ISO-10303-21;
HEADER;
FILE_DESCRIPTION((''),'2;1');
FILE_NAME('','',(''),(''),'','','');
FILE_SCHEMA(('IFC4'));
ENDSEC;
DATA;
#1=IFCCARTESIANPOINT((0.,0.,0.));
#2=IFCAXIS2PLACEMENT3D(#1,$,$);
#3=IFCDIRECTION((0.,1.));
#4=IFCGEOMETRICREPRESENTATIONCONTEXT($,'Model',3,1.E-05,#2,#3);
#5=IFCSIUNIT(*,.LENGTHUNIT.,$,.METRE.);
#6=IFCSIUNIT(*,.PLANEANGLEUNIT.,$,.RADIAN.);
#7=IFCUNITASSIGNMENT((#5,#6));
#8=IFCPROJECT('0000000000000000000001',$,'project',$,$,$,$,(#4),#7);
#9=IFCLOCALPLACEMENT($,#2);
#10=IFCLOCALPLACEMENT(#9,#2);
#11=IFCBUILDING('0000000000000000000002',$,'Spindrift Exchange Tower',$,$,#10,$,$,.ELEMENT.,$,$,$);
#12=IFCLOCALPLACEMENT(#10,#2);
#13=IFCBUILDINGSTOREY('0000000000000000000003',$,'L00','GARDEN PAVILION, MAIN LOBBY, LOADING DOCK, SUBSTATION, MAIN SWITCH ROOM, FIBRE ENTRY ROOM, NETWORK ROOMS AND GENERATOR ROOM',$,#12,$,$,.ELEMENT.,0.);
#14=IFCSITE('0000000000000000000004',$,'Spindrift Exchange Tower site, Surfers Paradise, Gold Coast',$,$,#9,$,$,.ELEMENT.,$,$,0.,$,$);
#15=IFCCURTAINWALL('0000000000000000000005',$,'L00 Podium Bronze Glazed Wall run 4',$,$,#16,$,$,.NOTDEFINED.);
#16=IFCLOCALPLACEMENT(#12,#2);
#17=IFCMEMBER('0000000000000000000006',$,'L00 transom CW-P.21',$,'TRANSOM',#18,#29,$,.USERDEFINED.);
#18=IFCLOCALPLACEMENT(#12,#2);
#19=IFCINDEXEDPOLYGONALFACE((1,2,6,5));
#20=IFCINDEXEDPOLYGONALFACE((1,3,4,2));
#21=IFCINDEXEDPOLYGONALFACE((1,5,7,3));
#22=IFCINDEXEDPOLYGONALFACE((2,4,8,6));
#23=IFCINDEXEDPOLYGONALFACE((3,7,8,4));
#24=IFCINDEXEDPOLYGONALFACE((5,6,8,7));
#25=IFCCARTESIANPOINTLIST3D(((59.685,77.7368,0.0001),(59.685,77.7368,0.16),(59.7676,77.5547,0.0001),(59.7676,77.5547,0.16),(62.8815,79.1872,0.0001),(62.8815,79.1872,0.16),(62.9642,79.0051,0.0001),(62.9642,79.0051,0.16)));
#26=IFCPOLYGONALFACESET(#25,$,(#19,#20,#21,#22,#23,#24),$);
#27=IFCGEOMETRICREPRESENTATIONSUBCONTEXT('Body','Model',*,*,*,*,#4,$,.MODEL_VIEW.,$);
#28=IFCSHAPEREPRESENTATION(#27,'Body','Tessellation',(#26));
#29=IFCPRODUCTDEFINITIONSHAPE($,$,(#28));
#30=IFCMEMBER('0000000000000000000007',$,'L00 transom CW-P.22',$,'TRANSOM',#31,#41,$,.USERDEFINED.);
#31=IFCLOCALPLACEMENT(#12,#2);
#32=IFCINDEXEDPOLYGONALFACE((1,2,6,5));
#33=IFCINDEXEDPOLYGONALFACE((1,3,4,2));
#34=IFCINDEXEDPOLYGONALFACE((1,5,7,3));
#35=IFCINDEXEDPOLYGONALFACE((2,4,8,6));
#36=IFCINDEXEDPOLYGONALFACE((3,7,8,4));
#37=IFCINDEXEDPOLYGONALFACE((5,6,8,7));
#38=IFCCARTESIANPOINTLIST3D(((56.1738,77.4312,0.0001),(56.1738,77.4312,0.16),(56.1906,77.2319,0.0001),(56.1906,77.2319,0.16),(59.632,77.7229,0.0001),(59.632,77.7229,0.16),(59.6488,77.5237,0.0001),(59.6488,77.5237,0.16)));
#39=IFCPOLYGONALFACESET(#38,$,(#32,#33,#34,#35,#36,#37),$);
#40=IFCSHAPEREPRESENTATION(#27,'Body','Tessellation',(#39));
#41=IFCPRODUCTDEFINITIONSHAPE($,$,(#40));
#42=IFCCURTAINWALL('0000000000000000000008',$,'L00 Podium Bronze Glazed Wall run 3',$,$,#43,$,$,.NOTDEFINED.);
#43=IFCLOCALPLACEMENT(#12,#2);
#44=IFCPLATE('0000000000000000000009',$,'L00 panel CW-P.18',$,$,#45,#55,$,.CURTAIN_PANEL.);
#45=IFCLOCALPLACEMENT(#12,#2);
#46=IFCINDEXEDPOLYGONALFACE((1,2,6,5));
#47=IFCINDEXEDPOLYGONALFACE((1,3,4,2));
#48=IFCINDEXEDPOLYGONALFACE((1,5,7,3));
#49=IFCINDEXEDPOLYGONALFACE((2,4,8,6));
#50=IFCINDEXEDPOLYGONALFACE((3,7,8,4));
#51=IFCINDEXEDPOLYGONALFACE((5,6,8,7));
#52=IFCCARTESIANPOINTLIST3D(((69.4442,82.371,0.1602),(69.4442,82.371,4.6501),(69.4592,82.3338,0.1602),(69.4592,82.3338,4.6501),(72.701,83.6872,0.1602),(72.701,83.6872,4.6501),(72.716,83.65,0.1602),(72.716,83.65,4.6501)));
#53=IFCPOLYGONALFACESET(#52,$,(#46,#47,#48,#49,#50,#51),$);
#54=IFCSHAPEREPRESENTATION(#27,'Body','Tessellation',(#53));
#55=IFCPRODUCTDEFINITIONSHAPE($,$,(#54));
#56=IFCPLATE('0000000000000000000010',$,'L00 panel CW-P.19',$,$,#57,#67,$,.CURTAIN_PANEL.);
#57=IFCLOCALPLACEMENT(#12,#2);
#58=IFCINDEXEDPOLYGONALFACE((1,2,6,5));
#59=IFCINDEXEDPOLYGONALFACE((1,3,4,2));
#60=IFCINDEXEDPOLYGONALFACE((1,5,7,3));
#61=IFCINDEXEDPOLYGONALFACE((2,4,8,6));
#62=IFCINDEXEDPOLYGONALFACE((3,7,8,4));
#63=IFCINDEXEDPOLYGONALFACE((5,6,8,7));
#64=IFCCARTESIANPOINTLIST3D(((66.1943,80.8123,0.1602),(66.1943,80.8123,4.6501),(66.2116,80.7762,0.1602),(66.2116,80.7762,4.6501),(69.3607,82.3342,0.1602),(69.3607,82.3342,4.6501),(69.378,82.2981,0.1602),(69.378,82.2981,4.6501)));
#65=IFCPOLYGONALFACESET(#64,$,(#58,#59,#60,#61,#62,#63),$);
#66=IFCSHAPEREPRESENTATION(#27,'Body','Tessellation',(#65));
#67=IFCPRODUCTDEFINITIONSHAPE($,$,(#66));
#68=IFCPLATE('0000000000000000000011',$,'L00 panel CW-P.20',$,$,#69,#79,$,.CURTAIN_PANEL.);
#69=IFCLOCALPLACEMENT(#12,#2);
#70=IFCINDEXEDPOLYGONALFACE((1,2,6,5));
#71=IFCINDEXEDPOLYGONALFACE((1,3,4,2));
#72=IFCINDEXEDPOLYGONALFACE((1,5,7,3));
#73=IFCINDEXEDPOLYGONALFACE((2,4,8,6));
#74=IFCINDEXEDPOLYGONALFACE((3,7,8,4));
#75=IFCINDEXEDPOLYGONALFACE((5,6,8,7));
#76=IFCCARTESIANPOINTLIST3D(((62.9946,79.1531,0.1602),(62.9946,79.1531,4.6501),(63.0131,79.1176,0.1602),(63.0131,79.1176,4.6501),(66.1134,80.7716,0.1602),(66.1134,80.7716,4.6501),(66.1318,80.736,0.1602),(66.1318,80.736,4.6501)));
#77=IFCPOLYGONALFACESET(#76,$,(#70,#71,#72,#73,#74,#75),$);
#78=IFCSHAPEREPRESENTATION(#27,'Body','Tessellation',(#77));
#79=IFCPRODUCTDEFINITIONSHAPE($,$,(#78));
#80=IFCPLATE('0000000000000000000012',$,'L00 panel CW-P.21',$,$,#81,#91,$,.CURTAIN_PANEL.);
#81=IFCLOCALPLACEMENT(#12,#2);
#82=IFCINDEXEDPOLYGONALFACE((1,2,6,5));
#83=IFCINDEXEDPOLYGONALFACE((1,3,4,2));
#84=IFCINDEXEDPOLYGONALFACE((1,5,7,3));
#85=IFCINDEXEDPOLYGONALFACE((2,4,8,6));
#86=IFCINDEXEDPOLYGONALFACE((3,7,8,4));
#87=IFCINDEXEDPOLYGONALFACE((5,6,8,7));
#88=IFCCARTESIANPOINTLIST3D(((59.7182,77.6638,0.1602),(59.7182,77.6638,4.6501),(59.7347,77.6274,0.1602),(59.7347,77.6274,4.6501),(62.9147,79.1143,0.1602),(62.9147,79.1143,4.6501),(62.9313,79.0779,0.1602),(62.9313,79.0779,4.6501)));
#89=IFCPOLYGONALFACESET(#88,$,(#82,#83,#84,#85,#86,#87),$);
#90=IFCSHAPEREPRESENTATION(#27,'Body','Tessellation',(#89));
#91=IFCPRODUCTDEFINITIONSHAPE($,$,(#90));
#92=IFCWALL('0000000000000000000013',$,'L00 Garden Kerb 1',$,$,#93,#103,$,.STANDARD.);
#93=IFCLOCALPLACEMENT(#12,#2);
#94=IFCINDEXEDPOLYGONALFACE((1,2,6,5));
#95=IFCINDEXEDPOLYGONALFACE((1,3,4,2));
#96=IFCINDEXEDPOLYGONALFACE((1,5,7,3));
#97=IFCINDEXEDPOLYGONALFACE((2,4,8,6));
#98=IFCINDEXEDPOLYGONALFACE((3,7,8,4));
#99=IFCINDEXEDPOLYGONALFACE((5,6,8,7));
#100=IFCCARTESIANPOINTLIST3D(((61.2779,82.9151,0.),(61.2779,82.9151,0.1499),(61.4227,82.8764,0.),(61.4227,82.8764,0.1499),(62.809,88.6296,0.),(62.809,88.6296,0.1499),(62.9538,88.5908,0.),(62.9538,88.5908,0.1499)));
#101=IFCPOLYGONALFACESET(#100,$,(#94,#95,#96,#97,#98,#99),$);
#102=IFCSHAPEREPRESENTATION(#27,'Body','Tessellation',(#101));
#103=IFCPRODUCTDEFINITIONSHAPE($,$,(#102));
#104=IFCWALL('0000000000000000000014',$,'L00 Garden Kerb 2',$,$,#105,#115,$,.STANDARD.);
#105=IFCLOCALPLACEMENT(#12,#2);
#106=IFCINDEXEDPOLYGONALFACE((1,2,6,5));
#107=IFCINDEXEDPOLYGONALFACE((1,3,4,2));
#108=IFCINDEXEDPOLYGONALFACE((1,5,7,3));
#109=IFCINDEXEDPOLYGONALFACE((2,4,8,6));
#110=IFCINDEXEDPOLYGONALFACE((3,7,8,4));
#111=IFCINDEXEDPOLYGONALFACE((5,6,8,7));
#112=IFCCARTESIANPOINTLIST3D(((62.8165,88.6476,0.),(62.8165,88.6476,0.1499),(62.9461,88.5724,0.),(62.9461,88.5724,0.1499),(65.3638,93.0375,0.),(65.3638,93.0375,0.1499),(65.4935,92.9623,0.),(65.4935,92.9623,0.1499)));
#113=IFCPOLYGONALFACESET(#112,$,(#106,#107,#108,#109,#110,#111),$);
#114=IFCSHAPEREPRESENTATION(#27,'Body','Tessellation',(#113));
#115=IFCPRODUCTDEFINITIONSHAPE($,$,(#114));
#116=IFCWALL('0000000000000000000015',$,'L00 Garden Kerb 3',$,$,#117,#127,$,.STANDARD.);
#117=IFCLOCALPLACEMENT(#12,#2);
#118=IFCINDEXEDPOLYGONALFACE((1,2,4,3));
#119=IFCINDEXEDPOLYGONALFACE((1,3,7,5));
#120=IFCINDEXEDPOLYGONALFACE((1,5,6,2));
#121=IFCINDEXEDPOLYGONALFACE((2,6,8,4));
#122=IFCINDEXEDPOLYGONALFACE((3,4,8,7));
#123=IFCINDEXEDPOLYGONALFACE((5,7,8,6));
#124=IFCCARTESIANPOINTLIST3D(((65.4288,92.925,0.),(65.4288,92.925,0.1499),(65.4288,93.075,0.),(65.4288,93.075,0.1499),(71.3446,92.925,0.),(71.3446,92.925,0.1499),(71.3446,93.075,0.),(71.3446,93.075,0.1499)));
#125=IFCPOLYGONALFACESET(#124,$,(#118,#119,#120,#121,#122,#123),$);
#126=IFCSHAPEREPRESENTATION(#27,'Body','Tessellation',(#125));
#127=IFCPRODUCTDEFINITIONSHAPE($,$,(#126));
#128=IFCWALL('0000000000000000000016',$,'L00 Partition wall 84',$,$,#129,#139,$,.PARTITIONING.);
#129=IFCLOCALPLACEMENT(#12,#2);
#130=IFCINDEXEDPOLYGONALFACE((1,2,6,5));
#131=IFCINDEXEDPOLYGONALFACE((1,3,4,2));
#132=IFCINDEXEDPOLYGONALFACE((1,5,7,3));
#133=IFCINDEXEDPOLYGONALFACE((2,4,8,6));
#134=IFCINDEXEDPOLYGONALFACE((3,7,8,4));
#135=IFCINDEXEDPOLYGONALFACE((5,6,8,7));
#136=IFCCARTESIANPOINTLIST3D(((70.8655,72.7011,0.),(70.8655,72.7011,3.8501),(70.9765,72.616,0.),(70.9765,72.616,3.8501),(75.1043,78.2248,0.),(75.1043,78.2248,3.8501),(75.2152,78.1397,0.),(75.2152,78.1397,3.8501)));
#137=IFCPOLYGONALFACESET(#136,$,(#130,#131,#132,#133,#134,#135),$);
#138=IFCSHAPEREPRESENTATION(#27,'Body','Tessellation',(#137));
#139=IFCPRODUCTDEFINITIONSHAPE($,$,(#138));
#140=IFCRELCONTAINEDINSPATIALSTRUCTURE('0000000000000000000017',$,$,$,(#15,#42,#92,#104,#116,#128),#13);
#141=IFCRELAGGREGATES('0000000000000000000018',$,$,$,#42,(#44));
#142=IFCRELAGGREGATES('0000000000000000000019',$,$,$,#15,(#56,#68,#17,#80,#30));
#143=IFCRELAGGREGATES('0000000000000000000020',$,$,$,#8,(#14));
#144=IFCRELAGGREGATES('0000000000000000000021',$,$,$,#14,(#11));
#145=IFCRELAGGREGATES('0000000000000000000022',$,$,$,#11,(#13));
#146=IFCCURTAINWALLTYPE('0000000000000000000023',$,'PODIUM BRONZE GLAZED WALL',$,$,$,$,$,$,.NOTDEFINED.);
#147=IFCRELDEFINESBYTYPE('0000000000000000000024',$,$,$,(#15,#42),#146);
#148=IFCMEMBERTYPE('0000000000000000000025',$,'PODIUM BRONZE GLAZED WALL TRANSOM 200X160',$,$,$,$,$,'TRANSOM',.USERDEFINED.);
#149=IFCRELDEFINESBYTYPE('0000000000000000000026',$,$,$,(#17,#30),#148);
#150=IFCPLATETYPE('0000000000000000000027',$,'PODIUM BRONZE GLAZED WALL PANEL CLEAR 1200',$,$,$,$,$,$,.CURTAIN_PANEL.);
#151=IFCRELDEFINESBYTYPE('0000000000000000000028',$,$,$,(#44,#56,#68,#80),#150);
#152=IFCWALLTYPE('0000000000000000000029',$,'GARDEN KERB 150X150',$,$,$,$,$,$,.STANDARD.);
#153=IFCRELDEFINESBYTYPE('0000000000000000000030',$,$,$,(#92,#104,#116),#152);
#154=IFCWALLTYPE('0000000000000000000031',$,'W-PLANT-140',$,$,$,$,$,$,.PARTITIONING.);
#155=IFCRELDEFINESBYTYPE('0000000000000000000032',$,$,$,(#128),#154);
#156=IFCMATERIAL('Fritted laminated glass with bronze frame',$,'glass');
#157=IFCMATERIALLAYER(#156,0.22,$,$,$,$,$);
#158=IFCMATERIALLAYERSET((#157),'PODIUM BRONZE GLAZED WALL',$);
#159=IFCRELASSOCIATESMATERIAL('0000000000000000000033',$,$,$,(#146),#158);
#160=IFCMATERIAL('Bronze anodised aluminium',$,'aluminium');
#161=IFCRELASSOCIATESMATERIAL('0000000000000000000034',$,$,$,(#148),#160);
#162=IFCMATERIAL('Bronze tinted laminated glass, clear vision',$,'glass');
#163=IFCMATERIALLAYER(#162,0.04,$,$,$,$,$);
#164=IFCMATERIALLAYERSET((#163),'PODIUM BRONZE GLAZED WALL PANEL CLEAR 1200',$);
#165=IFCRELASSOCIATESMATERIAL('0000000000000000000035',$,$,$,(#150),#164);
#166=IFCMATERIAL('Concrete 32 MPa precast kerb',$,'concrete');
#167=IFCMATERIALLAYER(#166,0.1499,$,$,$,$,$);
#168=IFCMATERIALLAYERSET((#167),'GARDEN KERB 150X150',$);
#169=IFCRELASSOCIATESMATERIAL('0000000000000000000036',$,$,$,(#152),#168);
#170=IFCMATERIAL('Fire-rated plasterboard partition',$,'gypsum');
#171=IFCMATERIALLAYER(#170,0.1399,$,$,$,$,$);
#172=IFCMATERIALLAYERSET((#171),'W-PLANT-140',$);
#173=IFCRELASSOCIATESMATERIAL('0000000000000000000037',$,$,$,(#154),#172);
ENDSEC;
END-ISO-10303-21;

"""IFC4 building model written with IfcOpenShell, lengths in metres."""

from ifc_helpers import new_model, si_unit, direction, frame, frame_2d, origin, origin_2d, place, context, subcontext, project, spatial, rectangle, extrude, source, transform, mapped, material, layer, layer_set, material_profile, profile_set, type_object, element, aggregate, save


model = new_model("IFC4")

# Units and contexts
model_context = context("Model", 3, precision=1e-05, world=origin(), true_north=direction((0.0, 1.0)))
body_context = subcontext(model_context, "Body", "Model", "MODEL_VIEW")
ifc_project = project(units=[si_unit("LENGTHUNIT", "METRE"), si_unit("PLANEANGLEUNIT", "RADIAN")], contexts=[model_context])

# Site, building, storey
site_placement = place(None, origin())
site = spatial("IfcSite", under=ifc_project, at=site_placement, Name="Spindrift Exchange Tower site, Surfers Paradise, Gold Coast", CompositionType="ELEMENT", RefElevation=0.0)
building_placement = place(site_placement, origin())
building = spatial("IfcBuilding", under=site, at=building_placement, Name="Spindrift Exchange Tower", CompositionType="ELEMENT")
storey_placement = place(building_placement, origin())
storey = spatial("IfcBuildingStorey", under=building, at=storey_placement, Name="L00", Description="GARDEN PAVILION, MAIN LOBBY, LOADING DOCK, SUBSTATION, MAIN SWITCH ROOM, FIBRE ENTRY ROOM, NETWORK ROOMS AND GENERATOR ROOM", CompositionType="ELEMENT", Elevation=0.0)

# Curtain wall, members
ifc_material_1 = material(Name="Fritted laminated glass with bronze frame", Category="glass")
ifc_layer_1 = layer(ifc_material_1, 0.22)
ifc_layer_set_1 = layer_set([ifc_layer_1], Name="PODIUM BRONZE GLAZED WALL")
curtain_wall_type = type_object("IfcCurtainWallType", Name="PODIUM BRONZE GLAZED WALL", PredefinedType="NOTDEFINED", material=ifc_layer_set_1)
curtain_wall_1_placement = place(storey_placement, origin())
curtain_wall_1 = element("IfcCurtainWall", 1, at=curtain_wall_1_placement, inside=storey, type_object=curtain_wall_type, Name="L00 Podium Bronze Glazed Wall run 4", PredefinedType="NOTDEFINED")
ifc_material_2 = material(Name="Bronze anodised aluminium", Category="aluminium")
ifc_material_profile_1 = material_profile(ifc_material_2, rectangle(XDim=0.2, YDim=0.1599, at=origin_2d()), Name="PODIUM BRONZE GLAZED WALL TRANSOM 200X160")
ifc_profile_set_1 = profile_set([ifc_material_profile_1], Name="Bronze anodised aluminium")
member_type_1 = type_object("IfcMemberType", Name="PODIUM BRONZE GLAZED WALL TRANSOM 200X160", ElementType="TRANSOM", PredefinedType="USERDEFINED", material=ifc_profile_set_1)
shared_shape_1 = source(origin(), body_context, "Body", "SweptSolid", [
    extrude(rectangle(XDim=0.2, YDim=0.1599, at=origin_2d()), origin(), (0.0, 0.0, 1.0), 3.5103),
])
member_1_placement = place(storey_placement, frame((62.9229, 79.0962, 0.0801), z_axis=(-0.910638, -0.413205, 0.0), x_axis=(0.413205, -0.910638, 0.0)))
member_1 = element("IfcMember", 2, at=member_1_placement, type_object=member_type_1, Name="L00 transom CW-P.21", ObjectType="TRANSOM", PredefinedType="USERDEFINED", context=body_context, shape_type="MappedRepresentation", body=[
    mapped(shared_shape_1, transform((0.0, 0.0, 0.0), scale=1.0)),
])
shared_shape_2 = source(origin(), body_context, "Body", "SweptSolid", [
    extrude(rectangle(XDim=0.2, YDim=0.1599, at=origin_2d()), origin(), (0.0, 0.0, 1.0), 3.4705),
])
member_2_placement = place(storey_placement, frame((59.6404, 77.6233, 0.0801), z_axis=(-0.99646, -0.084064, 0.0), x_axis=(0.084064, -0.99646, 0.0)))
member_2 = element("IfcMember", 3, at=member_2_placement, type_object=member_type_1, Name="L00 transom CW-P.22", ObjectType="TRANSOM", PredefinedType="USERDEFINED", context=body_context, shape_type="MappedRepresentation", body=[
    mapped(shared_shape_2, transform((0.0, 0.0, 0.0), scale=1.0)),
])

# Curtain wall, plate
curtain_wall_2_placement = place(storey_placement, origin())
curtain_wall_2 = element("IfcCurtainWall", 4, at=curtain_wall_2_placement, inside=storey, type_object=curtain_wall_type, Name="L00 Podium Bronze Glazed Wall run 3", PredefinedType="NOTDEFINED")
ifc_material_3 = material(Name="Bronze tinted laminated glass, clear vision", Category="glass")
ifc_layer_2 = layer(ifc_material_3, 0.04)
ifc_layer_set_2 = layer_set([ifc_layer_2], Name="PODIUM BRONZE GLAZED WALL PANEL CLEAR 1200")
plate_type = type_object("IfcPlateType", Name="PODIUM BRONZE GLAZED WALL PANEL CLEAR 1200", PredefinedType="CURTAIN_PANEL", material=ifc_layer_set_2)
shared_shape_3 = source(origin(), body_context, "Body", "SweptSolid", [
    extrude(rectangle(XDim=3.5127, YDim=0.04, at=origin_2d()), origin(), (0.0, 0.0, 1.0), 4.49),
])
plate_1_placement = place(storey_placement, frame((71.0801, 83.0105, 0.1602), z_axis=(0.0, 0.0, 1.0), x_axis=(-0.927148, -0.374696, 0.0)))
plate_1 = element("IfcPlate", 5, at=plate_1_placement, type_object=plate_type, Name="L00 panel CW-P.18", PredefinedType="CURTAIN_PANEL", context=body_context, shape_type="MappedRepresentation", body=[
    mapped(shared_shape_3, transform((0.0, 0.0, 0.0), scale=1.0)),
])
aggregate(curtain_wall_2, [plate_1])

# Plates
shared_shape_4 = source(origin(), body_context, "Body", "SweptSolid", [
    extrude(rectangle(XDim=3.5132, YDim=0.04, at=origin_2d()), origin(), (0.0, 0.0, 1.0), 4.49),
])
plate_2_placement = place(storey_placement, frame((67.7861, 81.5552, 0.1602), z_axis=(0.0, 0.0, 1.0), x_axis=(-0.901296, -0.433205, 0.0)))
plate_2 = element("IfcPlate", 6, at=plate_2_placement, type_object=plate_type, Name="L00 panel CW-P.19", PredefinedType="CURTAIN_PANEL", context=body_context, shape_type="MappedRepresentation", body=[
    mapped(shared_shape_4, transform((0.0, 0.0, 0.0), scale=1.0)),
])
shared_shape_5 = source(origin(), body_context, "Body", "SweptSolid", [
    extrude(rectangle(XDim=3.5137, YDim=0.04, at=origin_2d()), origin(), (0.0, 0.0, 1.0), 4.49),
])
plate_3_placement = place(storey_placement, frame((64.5632, 79.9446, 0.1602), z_axis=(0.0, 0.0, 1.0), x_axis=(-0.887599, -0.460617, 0.0)))
plate_3 = element("IfcPlate", 7, at=plate_3_placement, type_object=plate_type, Name="L00 panel CW-P.20", PredefinedType="CURTAIN_PANEL", context=body_context, shape_type="MappedRepresentation", body=[
    mapped(shared_shape_5, transform((0.0, 0.0, 0.0), scale=1.0)),
])
shared_shape_6 = source(origin(), body_context, "Body", "SweptSolid", [
    extrude(rectangle(XDim=3.5103, YDim=0.04, at=origin_2d()), origin(), (0.0, 0.0, 1.0), 4.49),
])
plate_4_placement = place(storey_placement, frame((61.3247, 78.3708, 0.1602), z_axis=(0.0, 0.0, 1.0), x_axis=(-0.910635, -0.413211, 0.0)))
plate_4 = element("IfcPlate", 8, at=plate_4_placement, type_object=plate_type, Name="L00 panel CW-P.21", PredefinedType="CURTAIN_PANEL", context=body_context, shape_type="MappedRepresentation", body=[
    mapped(shared_shape_6, transform((0.0, 0.0, 0.0), scale=1.0)),
])
aggregate(curtain_wall_1, [plate_2, plate_3, member_1, plate_4, member_2])

# Walls
ifc_material_4 = material(Name="Concrete 32 MPa precast kerb", Category="concrete")
ifc_layer_3 = layer(ifc_material_4, 0.1499)
ifc_layer_set_3 = layer_set([ifc_layer_3], Name="GARDEN KERB 150X150")
wall_type_1 = type_object("IfcWallType", Name="GARDEN KERB 150X150", PredefinedType="STANDARD", material=ifc_layer_set_3)
wall_1_placement = place(storey_placement, frame((61.3503, 82.8958, 0.0), z_axis=(0.0, 0.0, 1.0), x_axis=(0.258795, 0.965932, 0.0)))
element("IfcWall", 9, at=wall_1_placement, inside=storey, type_object=wall_type_1, Name="L00 Garden Kerb 1", PredefinedType="STANDARD", context=body_context, shape_type="SweptSolid", body=[
    extrude(rectangle(XDim=5.916, YDim=0.1499, at=frame_2d((2.958, 0.0))), origin(), (0.0, 0.0, 1.0), 0.1499),
])
wall_2_placement = place(storey_placement, frame((62.8813, 88.6101, 0.0), z_axis=(0.0, 0.0, 1.0), x_axis=(0.501899, 0.864926, 0.0)))
element("IfcWall", 10, at=wall_2_placement, inside=storey, type_object=wall_type_1, Name="L00 Garden Kerb 2", PredefinedType="STANDARD", context=body_context, shape_type="SweptSolid", body=[
    extrude(rectangle(XDim=5.0754, YDim=0.1499, at=frame_2d((2.5376, 0.0))), origin(), (0.0, 0.0, 1.0), 0.1499),
])
wall_3_placement = place(storey_placement, frame((65.4287, 93.0, 0.0), z_axis=(0.0, 0.0, 1.0), x_axis=(1.0, 0.0, 0.0)))
element("IfcWall", 11, at=wall_3_placement, inside=storey, type_object=wall_type_1, Name="L00 Garden Kerb 3", PredefinedType="STANDARD", context=body_context, shape_type="SweptSolid", body=[
    extrude(rectangle(XDim=5.9158, YDim=0.1499, at=frame_2d((2.958, 0.0))), origin(), (0.0, 0.0, 1.0), 0.1499),
])
ifc_material_5 = material(Name="Fire-rated plasterboard partition", Category="gypsum")
ifc_layer_4 = layer(ifc_material_5, 0.1399)
ifc_layer_set_4 = layer_set([ifc_layer_4], Name="W-PLANT-140")
wall_type_2 = type_object("IfcWallType", Name="W-PLANT-140", PredefinedType="PARTITIONING", material=ifc_layer_set_4)
wall_4_placement = place(storey_placement, frame((70.9209, 72.6584, 0.0), z_axis=(0.0, 0.0, 1.0), x_axis=(0.608789, 0.793333, 0.0)))
element("IfcWall", 12, at=wall_4_placement, inside=storey, type_object=wall_type_2, Name="L00 Partition wall 84", PredefinedType="PARTITIONING", context=body_context, shape_type="SweptSolid", body=[
    extrude(rectangle(XDim=6.9626, YDim=0.1399, at=frame_2d((3.4814, 0.0))), origin(), (0.0, 0.0, 1.0), 3.8501),
])

save(model, "model.ifc")
